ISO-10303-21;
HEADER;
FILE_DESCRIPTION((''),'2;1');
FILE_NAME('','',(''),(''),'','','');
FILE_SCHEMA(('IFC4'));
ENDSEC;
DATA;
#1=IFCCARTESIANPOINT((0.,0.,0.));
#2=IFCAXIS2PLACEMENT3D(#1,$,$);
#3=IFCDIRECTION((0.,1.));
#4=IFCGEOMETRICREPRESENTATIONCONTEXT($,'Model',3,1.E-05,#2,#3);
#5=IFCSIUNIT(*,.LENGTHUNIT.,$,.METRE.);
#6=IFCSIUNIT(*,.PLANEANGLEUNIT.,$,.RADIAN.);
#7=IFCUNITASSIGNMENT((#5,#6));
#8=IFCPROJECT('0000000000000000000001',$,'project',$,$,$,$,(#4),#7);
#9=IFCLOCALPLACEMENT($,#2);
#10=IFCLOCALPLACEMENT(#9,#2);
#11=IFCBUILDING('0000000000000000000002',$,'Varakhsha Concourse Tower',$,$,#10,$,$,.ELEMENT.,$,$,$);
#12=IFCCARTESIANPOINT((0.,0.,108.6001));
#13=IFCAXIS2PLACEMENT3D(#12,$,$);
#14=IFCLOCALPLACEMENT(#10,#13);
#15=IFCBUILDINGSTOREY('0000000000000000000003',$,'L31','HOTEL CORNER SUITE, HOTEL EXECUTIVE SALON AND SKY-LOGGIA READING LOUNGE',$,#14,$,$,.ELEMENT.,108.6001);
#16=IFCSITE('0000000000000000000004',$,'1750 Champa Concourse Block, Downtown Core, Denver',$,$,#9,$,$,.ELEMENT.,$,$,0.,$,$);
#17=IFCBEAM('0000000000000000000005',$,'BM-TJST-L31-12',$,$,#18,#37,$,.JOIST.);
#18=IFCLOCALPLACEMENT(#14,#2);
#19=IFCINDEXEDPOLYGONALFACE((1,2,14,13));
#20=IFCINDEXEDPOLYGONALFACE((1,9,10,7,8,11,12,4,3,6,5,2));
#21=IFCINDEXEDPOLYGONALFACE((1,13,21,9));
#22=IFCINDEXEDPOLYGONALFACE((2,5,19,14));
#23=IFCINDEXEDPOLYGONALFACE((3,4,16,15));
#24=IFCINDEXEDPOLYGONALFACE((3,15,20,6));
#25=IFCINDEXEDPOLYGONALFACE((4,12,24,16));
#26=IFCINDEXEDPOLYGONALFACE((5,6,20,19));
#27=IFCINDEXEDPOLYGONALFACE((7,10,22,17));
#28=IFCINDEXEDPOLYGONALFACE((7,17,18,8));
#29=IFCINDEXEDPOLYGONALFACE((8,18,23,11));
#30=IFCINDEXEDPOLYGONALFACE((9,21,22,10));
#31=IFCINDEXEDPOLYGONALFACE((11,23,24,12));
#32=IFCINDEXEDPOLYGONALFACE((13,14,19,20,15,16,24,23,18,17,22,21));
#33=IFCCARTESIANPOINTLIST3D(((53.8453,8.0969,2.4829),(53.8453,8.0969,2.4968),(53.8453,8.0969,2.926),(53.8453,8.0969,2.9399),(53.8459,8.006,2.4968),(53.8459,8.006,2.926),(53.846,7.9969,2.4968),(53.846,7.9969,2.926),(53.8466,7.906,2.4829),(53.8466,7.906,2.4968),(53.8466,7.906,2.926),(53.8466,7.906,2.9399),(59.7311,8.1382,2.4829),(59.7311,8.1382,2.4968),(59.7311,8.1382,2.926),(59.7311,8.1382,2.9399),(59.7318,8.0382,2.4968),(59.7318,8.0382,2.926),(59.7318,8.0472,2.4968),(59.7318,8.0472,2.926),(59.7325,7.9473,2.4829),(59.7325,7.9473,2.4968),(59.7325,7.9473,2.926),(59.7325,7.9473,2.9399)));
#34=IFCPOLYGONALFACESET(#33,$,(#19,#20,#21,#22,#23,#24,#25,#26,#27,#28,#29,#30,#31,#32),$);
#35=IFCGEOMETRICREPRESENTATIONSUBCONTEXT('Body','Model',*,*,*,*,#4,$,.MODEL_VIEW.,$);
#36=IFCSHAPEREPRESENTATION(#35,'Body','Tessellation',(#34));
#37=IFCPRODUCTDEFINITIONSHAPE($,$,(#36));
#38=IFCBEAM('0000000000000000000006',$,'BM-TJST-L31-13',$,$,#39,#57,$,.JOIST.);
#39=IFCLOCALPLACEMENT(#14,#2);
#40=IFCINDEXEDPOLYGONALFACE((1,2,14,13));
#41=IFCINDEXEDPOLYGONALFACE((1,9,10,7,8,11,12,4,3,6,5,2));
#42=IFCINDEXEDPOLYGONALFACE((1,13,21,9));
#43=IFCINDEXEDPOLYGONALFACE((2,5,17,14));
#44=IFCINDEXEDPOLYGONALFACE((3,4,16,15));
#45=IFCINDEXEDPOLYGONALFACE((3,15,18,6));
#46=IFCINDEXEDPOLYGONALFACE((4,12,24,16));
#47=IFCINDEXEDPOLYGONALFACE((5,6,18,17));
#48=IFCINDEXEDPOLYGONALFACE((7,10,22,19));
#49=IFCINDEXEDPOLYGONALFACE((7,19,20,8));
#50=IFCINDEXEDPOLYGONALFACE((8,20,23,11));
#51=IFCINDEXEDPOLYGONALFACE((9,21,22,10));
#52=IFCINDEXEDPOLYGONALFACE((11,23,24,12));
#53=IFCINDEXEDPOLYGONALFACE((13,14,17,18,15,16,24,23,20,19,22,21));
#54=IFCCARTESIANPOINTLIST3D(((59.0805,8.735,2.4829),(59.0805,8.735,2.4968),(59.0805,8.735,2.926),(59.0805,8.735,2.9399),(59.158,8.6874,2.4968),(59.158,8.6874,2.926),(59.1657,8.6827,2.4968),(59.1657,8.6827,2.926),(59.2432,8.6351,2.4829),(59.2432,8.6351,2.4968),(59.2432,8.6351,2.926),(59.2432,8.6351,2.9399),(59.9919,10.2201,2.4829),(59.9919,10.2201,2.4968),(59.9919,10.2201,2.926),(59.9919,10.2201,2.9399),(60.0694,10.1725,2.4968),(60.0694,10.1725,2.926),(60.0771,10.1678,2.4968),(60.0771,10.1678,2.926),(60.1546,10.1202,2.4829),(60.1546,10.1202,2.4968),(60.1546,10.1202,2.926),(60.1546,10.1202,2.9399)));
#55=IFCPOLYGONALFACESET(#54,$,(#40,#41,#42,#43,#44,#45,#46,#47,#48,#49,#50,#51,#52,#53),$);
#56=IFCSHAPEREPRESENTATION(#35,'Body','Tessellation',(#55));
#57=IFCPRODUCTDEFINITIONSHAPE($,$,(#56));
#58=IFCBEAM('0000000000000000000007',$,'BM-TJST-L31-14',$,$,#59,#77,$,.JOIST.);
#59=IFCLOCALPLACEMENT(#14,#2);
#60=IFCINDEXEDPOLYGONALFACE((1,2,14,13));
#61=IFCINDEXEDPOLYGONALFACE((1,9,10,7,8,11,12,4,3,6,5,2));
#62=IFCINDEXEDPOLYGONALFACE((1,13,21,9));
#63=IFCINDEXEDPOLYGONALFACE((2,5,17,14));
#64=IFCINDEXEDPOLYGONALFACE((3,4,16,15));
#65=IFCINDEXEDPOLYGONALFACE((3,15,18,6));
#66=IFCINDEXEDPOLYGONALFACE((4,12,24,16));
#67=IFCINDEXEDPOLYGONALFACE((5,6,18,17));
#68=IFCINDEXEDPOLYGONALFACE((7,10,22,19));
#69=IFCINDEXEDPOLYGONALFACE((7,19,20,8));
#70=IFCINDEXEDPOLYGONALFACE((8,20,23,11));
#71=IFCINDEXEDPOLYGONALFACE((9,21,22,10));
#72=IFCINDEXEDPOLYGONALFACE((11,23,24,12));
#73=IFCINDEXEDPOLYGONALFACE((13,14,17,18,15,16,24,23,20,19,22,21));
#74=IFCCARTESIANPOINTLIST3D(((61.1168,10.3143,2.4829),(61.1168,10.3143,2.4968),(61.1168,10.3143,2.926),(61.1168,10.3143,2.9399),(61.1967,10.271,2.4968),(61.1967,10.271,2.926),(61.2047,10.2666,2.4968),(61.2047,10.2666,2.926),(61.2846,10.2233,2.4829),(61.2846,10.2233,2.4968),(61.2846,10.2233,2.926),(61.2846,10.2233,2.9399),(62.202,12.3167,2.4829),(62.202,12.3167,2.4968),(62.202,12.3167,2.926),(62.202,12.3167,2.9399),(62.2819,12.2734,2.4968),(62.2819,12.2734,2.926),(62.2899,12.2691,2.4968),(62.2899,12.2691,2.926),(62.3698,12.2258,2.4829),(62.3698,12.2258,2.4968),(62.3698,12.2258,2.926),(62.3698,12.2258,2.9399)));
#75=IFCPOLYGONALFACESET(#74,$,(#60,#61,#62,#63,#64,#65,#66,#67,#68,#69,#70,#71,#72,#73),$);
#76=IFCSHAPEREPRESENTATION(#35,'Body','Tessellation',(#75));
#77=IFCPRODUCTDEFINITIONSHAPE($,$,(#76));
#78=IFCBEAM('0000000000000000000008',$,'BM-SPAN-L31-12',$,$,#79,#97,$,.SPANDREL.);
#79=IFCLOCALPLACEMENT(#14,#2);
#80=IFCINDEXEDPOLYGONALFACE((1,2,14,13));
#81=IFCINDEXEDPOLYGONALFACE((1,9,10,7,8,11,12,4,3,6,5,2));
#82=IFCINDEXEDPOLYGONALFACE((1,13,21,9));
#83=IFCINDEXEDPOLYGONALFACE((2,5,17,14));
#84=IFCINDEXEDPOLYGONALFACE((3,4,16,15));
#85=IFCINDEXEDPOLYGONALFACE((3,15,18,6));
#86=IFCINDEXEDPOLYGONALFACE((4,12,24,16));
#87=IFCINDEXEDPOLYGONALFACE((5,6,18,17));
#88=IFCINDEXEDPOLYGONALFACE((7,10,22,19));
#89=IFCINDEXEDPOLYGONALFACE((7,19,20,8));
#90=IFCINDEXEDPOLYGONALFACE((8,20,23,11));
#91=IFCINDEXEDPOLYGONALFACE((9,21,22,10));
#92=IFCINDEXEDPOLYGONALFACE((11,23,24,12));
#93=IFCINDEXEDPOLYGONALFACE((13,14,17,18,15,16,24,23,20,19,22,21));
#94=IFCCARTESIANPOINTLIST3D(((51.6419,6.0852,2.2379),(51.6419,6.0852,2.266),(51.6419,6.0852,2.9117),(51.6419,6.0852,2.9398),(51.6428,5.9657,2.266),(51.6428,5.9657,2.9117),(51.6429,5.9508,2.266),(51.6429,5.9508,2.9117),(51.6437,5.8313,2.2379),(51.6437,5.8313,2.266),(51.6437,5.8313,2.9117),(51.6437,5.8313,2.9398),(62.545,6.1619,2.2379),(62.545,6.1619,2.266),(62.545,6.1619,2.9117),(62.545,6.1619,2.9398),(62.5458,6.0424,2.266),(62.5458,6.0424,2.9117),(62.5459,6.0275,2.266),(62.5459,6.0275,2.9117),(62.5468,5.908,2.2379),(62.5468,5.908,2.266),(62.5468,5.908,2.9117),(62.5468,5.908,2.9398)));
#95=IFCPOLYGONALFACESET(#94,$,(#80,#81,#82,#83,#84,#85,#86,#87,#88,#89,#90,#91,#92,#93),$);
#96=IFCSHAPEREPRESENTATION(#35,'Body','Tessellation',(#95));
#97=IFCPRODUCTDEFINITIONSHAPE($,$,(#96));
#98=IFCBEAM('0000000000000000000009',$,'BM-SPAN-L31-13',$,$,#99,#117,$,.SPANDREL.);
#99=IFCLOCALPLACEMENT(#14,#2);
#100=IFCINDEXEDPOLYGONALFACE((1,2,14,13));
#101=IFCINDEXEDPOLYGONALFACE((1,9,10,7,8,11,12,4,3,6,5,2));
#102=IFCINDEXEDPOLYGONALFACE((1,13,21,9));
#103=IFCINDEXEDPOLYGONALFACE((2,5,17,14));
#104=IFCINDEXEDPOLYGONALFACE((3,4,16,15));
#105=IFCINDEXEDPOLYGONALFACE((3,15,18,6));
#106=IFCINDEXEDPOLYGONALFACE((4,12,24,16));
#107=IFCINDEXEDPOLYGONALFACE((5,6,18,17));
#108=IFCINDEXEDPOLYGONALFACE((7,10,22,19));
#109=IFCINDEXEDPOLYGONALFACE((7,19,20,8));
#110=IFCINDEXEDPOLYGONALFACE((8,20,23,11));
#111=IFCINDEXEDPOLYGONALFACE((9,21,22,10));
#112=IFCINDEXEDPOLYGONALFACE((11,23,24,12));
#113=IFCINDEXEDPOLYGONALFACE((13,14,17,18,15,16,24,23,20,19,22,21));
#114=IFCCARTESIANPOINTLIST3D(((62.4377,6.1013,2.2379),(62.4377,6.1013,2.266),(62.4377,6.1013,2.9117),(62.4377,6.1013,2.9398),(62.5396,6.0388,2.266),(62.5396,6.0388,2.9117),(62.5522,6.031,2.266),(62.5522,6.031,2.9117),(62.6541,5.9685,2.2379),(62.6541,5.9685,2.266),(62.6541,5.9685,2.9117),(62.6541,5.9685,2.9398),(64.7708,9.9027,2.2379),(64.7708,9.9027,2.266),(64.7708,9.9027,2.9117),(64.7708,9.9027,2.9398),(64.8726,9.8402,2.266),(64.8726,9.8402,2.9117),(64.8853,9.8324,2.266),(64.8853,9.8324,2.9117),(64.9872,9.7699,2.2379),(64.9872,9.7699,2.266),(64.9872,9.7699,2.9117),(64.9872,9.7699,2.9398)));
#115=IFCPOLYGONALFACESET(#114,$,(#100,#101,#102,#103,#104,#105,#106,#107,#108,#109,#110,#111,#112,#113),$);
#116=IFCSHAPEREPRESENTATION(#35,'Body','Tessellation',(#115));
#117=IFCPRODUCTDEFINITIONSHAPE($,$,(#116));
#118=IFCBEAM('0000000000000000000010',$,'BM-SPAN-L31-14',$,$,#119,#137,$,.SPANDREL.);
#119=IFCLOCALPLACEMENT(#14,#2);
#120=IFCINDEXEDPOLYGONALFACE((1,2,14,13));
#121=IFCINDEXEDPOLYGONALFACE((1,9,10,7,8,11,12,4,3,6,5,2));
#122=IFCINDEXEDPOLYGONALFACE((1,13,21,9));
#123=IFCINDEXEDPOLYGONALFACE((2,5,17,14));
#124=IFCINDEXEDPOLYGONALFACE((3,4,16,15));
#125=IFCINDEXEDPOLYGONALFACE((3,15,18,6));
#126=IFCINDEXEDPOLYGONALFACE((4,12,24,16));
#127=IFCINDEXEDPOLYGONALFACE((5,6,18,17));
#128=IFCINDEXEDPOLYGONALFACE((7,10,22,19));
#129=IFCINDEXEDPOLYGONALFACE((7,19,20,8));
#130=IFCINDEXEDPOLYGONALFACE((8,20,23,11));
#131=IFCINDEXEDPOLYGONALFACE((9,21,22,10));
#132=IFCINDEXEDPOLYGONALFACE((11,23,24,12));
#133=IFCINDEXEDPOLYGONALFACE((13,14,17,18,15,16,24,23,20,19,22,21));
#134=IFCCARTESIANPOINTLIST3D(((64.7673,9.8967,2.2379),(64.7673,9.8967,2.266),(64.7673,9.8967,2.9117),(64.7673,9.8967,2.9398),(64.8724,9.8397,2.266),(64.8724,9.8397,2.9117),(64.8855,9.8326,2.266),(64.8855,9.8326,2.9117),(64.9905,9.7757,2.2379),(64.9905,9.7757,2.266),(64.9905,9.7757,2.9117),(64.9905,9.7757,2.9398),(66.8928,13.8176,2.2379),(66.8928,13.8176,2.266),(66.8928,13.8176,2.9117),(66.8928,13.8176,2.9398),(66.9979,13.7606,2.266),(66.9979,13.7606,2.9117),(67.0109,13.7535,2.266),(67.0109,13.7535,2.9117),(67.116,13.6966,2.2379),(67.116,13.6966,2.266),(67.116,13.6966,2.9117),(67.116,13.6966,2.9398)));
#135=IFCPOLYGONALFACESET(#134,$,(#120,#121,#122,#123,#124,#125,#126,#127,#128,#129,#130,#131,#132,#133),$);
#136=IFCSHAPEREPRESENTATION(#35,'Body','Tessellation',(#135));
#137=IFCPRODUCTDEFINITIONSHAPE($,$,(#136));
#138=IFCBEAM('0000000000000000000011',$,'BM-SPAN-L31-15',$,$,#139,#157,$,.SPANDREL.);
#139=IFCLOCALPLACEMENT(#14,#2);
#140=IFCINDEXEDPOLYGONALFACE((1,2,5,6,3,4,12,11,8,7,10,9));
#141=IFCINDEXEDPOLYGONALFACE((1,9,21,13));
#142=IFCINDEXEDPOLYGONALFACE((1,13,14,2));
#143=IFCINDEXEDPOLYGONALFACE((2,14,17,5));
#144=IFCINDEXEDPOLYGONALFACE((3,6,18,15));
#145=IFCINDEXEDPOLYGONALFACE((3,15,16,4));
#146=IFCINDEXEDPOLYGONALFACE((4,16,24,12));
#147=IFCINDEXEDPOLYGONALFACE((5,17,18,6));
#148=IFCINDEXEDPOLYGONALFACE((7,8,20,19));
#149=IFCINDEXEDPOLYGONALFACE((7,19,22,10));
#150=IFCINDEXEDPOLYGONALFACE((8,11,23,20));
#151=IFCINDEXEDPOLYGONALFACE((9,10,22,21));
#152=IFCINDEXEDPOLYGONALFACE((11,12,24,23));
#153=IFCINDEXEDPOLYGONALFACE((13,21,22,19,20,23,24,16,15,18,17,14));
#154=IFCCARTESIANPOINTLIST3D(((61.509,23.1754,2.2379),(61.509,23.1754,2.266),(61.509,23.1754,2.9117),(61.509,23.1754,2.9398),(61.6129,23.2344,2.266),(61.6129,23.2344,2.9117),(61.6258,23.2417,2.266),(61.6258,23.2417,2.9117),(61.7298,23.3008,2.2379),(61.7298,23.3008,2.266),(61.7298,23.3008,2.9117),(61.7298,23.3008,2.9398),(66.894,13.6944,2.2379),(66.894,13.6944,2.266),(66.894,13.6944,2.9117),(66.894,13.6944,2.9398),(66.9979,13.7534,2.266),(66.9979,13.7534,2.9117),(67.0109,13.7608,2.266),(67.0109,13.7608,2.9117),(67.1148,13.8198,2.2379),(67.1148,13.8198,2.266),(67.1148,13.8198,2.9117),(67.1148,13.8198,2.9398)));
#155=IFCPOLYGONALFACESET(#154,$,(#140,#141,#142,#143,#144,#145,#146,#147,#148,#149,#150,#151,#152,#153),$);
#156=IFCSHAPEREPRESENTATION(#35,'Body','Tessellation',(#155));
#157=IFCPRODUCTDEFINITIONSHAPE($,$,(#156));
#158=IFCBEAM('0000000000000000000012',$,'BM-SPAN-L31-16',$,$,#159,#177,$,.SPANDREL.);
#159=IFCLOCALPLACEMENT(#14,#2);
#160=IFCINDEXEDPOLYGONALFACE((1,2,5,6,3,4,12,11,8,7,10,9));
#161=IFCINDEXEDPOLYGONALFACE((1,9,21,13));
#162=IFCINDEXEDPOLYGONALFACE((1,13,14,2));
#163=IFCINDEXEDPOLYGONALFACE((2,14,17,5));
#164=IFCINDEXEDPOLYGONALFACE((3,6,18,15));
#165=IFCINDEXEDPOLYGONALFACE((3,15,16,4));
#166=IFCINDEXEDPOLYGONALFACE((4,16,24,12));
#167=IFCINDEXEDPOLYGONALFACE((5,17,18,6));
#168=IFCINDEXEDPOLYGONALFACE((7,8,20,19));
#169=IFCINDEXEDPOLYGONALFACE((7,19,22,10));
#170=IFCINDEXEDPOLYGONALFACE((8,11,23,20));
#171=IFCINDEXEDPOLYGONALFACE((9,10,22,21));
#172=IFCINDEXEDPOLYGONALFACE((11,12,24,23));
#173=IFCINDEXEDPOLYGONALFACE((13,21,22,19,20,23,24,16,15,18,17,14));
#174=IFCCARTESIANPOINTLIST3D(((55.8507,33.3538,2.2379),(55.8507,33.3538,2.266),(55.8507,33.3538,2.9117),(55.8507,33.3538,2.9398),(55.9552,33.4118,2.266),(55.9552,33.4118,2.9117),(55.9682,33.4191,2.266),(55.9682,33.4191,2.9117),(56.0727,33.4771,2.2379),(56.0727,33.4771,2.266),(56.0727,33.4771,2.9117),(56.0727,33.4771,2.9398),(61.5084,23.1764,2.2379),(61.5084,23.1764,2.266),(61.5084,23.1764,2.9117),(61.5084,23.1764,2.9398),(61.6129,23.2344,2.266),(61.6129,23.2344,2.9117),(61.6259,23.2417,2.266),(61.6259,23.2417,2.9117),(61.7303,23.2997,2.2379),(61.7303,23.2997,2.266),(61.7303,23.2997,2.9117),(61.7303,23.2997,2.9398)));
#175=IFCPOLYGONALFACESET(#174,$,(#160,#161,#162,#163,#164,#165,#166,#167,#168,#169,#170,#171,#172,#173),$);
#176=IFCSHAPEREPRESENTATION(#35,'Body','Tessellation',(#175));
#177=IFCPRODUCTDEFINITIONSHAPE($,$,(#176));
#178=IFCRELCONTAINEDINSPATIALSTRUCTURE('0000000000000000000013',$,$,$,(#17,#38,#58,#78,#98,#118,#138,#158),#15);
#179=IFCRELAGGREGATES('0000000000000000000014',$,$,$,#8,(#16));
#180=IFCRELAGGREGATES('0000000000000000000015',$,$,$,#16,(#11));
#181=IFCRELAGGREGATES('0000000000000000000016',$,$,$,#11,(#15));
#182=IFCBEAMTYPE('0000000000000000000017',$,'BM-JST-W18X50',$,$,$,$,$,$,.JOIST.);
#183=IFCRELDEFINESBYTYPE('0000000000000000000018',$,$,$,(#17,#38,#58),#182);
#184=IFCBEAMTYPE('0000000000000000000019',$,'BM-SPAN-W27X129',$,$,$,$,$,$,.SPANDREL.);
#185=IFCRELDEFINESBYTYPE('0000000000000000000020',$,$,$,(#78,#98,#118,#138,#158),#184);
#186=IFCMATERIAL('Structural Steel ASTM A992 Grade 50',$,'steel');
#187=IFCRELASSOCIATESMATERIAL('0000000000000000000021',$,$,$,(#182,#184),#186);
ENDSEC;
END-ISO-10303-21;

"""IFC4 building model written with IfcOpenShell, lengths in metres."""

from ifc_helpers import new_model, si_unit, direction, frame, origin, origin_2d, place, context, subcontext, project, spatial, i_section, extrude, material, material_profile, profile_set, type_object, element, save


model = new_model("IFC4")

# Units and contexts
model_context = context("Model", 3, precision=1e-05, world=origin(), true_north=direction((0.0, 1.0)))
body_context = subcontext(model_context, "Body", "Model", "MODEL_VIEW")
ifc_project = project(units=[si_unit("LENGTHUNIT", "METRE"), si_unit("PLANEANGLEUNIT", "RADIAN")], contexts=[model_context])

# Site, building, storey
site_placement = place(None, origin())
site = spatial("IfcSite", under=ifc_project, at=site_placement, Name="1750 Champa Concourse Block, Downtown Core, Denver", CompositionType="ELEMENT", RefElevation=0.0)
building_placement = place(site_placement, origin())
building = spatial("IfcBuilding", under=site, at=building_placement, Name="Varakhsha Concourse Tower", CompositionType="ELEMENT")
storey_placement = place(building_placement, frame((0.0, 0.0, 108.6001)))
storey = spatial("IfcBuildingStorey", under=building, at=storey_placement, Name="L31", Description="HOTEL CORNER SUITE, HOTEL EXECUTIVE SALON AND SKY-LOGGIA READING LOUNGE", CompositionType="ELEMENT", Elevation=108.6001)

# Shared definitions
ifc_material_1 = material(Name="Structural Steel ASTM A992 Grade 50", Category="steel")

# Beams
ifc_material_profile_1 = material_profile(ifc_material_1, i_section(OverallWidth=0.1909, OverallDepth=0.457, WebThickness=0.009, FlangeThickness=0.0139, at=origin_2d()), Name="W18X50")
ifc_profile_set_1 = profile_set([ifc_material_profile_1], Name="Structural Steel ASTM A992 Grade 50")
beam_type_1 = type_object("IfcBeamType", Name="BM-JST-W18X50", PredefinedType="JOIST", material=ifc_profile_set_1)
beam_1_placement = place(storey_placement, frame((53.8459, 8.0015, 2.7114), z_axis=(0.999975, 0.00701, 0.0), x_axis=(-0.00701, 0.999975, 0.0)))
element("IfcBeam", 1, at=beam_1_placement, inside=storey, type_object=beam_type_1, Name="BM-TJST-L31-12", PredefinedType="JOIST", context=body_context, shape_type="SweptSolid", body=[
    extrude(i_section(OverallWidth=0.1909, OverallDepth=0.457, WebThickness=0.009, FlangeThickness=0.0139, at=origin_2d()), origin(), (0.0, 0.0, 1.0), 5.886),
])
beam_2_placement = place(storey_placement, frame((59.1619, 8.6851, 2.7114), z_axis=(0.523042, 0.852307, 0.0), x_axis=(-0.852307, 0.523042, 0.0)))
element("IfcBeam", 2, at=beam_2_placement, inside=storey, type_object=beam_type_1, Name="BM-TJST-L31-13", PredefinedType="JOIST", context=body_context, shape_type="SweptSolid", body=[
    extrude(i_section(OverallWidth=0.1909, OverallDepth=0.457, WebThickness=0.009, FlangeThickness=0.0139, at=origin_2d()), origin(), (0.0, 0.0, 1.0), 1.7424),
])
beam_3_placement = place(storey_placement, frame((61.2007, 10.2688, 2.7114), z_axis=(0.47647, 0.879191, 0.0), x_axis=(-0.879191, 0.47647, 0.0)))
element("IfcBeam", 3, at=beam_3_placement, inside=storey, type_object=beam_type_1, Name="BM-TJST-L31-14", PredefinedType="JOIST", context=body_context, shape_type="SweptSolid", body=[
    extrude(i_section(OverallWidth=0.1909, OverallDepth=0.457, WebThickness=0.009, FlangeThickness=0.0139, at=origin_2d()), origin(), (0.0, 0.0, 1.0), 2.2776),
])
ifc_material_profile_2 = material_profile(ifc_material_1, i_section(OverallWidth=0.2539, OverallDepth=0.7019, WebThickness=0.0149, FlangeThickness=0.0281, at=origin_2d()), Name="W27X129")
ifc_profile_set_2 = profile_set([ifc_material_profile_2], Name="Structural Steel ASTM A992 Grade 50")
beam_type_2 = type_object("IfcBeamType", Name="BM-SPAN-W27X129", PredefinedType="SPANDREL", material=ifc_profile_set_2)
beam_4_placement = place(storey_placement, frame((51.6428, 5.9583, 2.5889), z_axis=(0.999975, 0.007031, 0.0), x_axis=(-0.007031, 0.999975, 0.0)))
element("IfcBeam", 4, at=beam_4_placement, inside=storey, type_object=beam_type_2, Name="BM-SPAN-L31-12", PredefinedType="SPANDREL", context=body_context, shape_type="SweptSolid", body=[
    extrude(i_section(OverallWidth=0.2539, OverallDepth=0.7019, WebThickness=0.0149, FlangeThickness=0.0281, at=origin_2d()), origin(), (0.0, 0.0, 1.0), 10.9033),
])
beam_5_placement = place(storey_placement, frame((62.5459, 6.0349, 2.5889), z_axis=(0.523083, 0.852282, 0.0), x_axis=(-0.852282, 0.523083, 0.0)))
element("IfcBeam", 5, at=beam_5_placement, inside=storey, type_object=beam_type_2, Name="BM-SPAN-L31-13", PredefinedType="SPANDREL", context=body_context, shape_type="SweptSolid", body=[
    extrude(i_section(OverallWidth=0.2539, OverallDepth=0.7019, WebThickness=0.0149, FlangeThickness=0.0281, at=origin_2d()), origin(), (0.0, 0.0, 1.0), 4.4602),
])
beam_6_placement = place(storey_placement, frame((64.8789, 9.8362, 2.5889), z_axis=(0.476572, 0.879135, 0.0), x_axis=(-0.879135, 0.476572, 0.0)))
element("IfcBeam", 6, at=beam_6_placement, inside=storey, type_object=beam_type_2, Name="BM-SPAN-L31-14", PredefinedType="SPANDREL", context=body_context, shape_type="SweptSolid", body=[
    extrude(i_section(OverallWidth=0.2539, OverallDepth=0.7019, WebThickness=0.0149, FlangeThickness=0.0281, at=origin_2d()), origin(), (0.0, 0.0, 1.0), 4.46),
])
beam_7_placement = place(storey_placement, frame((67.0044, 13.7571, 2.5889), z_axis=(-0.493878, 0.869531, 0.0), x_axis=(-0.869531, -0.493878, 0.0)))
element("IfcBeam", 7, at=beam_7_placement, inside=storey, type_object=beam_type_2, Name="BM-SPAN-L31-15", PredefinedType="SPANDREL", context=body_context, shape_type="SweptSolid", body=[
    extrude(i_section(OverallWidth=0.2539, OverallDepth=0.7019, WebThickness=0.0149, FlangeThickness=0.0281, at=origin_2d()), origin(), (0.0, 0.0, 1.0), 10.9036),
])
beam_8_placement = place(storey_placement, frame((61.6194, 23.238, 2.5889), z_axis=(-0.485876, 0.874028, 0.0), x_axis=(-0.874028, -0.485876, 0.0)))
element("IfcBeam", 8, at=beam_8_placement, inside=storey, type_object=beam_type_2, Name="BM-SPAN-L31-16", PredefinedType="SPANDREL", context=body_context, shape_type="SweptSolid", body=[
    extrude(i_section(OverallWidth=0.2539, OverallDepth=0.7019, WebThickness=0.0149, FlangeThickness=0.0281, at=origin_2d()), origin(), (0.0, 0.0, 1.0), 11.6443),
])

save(model, "model.ifc")
